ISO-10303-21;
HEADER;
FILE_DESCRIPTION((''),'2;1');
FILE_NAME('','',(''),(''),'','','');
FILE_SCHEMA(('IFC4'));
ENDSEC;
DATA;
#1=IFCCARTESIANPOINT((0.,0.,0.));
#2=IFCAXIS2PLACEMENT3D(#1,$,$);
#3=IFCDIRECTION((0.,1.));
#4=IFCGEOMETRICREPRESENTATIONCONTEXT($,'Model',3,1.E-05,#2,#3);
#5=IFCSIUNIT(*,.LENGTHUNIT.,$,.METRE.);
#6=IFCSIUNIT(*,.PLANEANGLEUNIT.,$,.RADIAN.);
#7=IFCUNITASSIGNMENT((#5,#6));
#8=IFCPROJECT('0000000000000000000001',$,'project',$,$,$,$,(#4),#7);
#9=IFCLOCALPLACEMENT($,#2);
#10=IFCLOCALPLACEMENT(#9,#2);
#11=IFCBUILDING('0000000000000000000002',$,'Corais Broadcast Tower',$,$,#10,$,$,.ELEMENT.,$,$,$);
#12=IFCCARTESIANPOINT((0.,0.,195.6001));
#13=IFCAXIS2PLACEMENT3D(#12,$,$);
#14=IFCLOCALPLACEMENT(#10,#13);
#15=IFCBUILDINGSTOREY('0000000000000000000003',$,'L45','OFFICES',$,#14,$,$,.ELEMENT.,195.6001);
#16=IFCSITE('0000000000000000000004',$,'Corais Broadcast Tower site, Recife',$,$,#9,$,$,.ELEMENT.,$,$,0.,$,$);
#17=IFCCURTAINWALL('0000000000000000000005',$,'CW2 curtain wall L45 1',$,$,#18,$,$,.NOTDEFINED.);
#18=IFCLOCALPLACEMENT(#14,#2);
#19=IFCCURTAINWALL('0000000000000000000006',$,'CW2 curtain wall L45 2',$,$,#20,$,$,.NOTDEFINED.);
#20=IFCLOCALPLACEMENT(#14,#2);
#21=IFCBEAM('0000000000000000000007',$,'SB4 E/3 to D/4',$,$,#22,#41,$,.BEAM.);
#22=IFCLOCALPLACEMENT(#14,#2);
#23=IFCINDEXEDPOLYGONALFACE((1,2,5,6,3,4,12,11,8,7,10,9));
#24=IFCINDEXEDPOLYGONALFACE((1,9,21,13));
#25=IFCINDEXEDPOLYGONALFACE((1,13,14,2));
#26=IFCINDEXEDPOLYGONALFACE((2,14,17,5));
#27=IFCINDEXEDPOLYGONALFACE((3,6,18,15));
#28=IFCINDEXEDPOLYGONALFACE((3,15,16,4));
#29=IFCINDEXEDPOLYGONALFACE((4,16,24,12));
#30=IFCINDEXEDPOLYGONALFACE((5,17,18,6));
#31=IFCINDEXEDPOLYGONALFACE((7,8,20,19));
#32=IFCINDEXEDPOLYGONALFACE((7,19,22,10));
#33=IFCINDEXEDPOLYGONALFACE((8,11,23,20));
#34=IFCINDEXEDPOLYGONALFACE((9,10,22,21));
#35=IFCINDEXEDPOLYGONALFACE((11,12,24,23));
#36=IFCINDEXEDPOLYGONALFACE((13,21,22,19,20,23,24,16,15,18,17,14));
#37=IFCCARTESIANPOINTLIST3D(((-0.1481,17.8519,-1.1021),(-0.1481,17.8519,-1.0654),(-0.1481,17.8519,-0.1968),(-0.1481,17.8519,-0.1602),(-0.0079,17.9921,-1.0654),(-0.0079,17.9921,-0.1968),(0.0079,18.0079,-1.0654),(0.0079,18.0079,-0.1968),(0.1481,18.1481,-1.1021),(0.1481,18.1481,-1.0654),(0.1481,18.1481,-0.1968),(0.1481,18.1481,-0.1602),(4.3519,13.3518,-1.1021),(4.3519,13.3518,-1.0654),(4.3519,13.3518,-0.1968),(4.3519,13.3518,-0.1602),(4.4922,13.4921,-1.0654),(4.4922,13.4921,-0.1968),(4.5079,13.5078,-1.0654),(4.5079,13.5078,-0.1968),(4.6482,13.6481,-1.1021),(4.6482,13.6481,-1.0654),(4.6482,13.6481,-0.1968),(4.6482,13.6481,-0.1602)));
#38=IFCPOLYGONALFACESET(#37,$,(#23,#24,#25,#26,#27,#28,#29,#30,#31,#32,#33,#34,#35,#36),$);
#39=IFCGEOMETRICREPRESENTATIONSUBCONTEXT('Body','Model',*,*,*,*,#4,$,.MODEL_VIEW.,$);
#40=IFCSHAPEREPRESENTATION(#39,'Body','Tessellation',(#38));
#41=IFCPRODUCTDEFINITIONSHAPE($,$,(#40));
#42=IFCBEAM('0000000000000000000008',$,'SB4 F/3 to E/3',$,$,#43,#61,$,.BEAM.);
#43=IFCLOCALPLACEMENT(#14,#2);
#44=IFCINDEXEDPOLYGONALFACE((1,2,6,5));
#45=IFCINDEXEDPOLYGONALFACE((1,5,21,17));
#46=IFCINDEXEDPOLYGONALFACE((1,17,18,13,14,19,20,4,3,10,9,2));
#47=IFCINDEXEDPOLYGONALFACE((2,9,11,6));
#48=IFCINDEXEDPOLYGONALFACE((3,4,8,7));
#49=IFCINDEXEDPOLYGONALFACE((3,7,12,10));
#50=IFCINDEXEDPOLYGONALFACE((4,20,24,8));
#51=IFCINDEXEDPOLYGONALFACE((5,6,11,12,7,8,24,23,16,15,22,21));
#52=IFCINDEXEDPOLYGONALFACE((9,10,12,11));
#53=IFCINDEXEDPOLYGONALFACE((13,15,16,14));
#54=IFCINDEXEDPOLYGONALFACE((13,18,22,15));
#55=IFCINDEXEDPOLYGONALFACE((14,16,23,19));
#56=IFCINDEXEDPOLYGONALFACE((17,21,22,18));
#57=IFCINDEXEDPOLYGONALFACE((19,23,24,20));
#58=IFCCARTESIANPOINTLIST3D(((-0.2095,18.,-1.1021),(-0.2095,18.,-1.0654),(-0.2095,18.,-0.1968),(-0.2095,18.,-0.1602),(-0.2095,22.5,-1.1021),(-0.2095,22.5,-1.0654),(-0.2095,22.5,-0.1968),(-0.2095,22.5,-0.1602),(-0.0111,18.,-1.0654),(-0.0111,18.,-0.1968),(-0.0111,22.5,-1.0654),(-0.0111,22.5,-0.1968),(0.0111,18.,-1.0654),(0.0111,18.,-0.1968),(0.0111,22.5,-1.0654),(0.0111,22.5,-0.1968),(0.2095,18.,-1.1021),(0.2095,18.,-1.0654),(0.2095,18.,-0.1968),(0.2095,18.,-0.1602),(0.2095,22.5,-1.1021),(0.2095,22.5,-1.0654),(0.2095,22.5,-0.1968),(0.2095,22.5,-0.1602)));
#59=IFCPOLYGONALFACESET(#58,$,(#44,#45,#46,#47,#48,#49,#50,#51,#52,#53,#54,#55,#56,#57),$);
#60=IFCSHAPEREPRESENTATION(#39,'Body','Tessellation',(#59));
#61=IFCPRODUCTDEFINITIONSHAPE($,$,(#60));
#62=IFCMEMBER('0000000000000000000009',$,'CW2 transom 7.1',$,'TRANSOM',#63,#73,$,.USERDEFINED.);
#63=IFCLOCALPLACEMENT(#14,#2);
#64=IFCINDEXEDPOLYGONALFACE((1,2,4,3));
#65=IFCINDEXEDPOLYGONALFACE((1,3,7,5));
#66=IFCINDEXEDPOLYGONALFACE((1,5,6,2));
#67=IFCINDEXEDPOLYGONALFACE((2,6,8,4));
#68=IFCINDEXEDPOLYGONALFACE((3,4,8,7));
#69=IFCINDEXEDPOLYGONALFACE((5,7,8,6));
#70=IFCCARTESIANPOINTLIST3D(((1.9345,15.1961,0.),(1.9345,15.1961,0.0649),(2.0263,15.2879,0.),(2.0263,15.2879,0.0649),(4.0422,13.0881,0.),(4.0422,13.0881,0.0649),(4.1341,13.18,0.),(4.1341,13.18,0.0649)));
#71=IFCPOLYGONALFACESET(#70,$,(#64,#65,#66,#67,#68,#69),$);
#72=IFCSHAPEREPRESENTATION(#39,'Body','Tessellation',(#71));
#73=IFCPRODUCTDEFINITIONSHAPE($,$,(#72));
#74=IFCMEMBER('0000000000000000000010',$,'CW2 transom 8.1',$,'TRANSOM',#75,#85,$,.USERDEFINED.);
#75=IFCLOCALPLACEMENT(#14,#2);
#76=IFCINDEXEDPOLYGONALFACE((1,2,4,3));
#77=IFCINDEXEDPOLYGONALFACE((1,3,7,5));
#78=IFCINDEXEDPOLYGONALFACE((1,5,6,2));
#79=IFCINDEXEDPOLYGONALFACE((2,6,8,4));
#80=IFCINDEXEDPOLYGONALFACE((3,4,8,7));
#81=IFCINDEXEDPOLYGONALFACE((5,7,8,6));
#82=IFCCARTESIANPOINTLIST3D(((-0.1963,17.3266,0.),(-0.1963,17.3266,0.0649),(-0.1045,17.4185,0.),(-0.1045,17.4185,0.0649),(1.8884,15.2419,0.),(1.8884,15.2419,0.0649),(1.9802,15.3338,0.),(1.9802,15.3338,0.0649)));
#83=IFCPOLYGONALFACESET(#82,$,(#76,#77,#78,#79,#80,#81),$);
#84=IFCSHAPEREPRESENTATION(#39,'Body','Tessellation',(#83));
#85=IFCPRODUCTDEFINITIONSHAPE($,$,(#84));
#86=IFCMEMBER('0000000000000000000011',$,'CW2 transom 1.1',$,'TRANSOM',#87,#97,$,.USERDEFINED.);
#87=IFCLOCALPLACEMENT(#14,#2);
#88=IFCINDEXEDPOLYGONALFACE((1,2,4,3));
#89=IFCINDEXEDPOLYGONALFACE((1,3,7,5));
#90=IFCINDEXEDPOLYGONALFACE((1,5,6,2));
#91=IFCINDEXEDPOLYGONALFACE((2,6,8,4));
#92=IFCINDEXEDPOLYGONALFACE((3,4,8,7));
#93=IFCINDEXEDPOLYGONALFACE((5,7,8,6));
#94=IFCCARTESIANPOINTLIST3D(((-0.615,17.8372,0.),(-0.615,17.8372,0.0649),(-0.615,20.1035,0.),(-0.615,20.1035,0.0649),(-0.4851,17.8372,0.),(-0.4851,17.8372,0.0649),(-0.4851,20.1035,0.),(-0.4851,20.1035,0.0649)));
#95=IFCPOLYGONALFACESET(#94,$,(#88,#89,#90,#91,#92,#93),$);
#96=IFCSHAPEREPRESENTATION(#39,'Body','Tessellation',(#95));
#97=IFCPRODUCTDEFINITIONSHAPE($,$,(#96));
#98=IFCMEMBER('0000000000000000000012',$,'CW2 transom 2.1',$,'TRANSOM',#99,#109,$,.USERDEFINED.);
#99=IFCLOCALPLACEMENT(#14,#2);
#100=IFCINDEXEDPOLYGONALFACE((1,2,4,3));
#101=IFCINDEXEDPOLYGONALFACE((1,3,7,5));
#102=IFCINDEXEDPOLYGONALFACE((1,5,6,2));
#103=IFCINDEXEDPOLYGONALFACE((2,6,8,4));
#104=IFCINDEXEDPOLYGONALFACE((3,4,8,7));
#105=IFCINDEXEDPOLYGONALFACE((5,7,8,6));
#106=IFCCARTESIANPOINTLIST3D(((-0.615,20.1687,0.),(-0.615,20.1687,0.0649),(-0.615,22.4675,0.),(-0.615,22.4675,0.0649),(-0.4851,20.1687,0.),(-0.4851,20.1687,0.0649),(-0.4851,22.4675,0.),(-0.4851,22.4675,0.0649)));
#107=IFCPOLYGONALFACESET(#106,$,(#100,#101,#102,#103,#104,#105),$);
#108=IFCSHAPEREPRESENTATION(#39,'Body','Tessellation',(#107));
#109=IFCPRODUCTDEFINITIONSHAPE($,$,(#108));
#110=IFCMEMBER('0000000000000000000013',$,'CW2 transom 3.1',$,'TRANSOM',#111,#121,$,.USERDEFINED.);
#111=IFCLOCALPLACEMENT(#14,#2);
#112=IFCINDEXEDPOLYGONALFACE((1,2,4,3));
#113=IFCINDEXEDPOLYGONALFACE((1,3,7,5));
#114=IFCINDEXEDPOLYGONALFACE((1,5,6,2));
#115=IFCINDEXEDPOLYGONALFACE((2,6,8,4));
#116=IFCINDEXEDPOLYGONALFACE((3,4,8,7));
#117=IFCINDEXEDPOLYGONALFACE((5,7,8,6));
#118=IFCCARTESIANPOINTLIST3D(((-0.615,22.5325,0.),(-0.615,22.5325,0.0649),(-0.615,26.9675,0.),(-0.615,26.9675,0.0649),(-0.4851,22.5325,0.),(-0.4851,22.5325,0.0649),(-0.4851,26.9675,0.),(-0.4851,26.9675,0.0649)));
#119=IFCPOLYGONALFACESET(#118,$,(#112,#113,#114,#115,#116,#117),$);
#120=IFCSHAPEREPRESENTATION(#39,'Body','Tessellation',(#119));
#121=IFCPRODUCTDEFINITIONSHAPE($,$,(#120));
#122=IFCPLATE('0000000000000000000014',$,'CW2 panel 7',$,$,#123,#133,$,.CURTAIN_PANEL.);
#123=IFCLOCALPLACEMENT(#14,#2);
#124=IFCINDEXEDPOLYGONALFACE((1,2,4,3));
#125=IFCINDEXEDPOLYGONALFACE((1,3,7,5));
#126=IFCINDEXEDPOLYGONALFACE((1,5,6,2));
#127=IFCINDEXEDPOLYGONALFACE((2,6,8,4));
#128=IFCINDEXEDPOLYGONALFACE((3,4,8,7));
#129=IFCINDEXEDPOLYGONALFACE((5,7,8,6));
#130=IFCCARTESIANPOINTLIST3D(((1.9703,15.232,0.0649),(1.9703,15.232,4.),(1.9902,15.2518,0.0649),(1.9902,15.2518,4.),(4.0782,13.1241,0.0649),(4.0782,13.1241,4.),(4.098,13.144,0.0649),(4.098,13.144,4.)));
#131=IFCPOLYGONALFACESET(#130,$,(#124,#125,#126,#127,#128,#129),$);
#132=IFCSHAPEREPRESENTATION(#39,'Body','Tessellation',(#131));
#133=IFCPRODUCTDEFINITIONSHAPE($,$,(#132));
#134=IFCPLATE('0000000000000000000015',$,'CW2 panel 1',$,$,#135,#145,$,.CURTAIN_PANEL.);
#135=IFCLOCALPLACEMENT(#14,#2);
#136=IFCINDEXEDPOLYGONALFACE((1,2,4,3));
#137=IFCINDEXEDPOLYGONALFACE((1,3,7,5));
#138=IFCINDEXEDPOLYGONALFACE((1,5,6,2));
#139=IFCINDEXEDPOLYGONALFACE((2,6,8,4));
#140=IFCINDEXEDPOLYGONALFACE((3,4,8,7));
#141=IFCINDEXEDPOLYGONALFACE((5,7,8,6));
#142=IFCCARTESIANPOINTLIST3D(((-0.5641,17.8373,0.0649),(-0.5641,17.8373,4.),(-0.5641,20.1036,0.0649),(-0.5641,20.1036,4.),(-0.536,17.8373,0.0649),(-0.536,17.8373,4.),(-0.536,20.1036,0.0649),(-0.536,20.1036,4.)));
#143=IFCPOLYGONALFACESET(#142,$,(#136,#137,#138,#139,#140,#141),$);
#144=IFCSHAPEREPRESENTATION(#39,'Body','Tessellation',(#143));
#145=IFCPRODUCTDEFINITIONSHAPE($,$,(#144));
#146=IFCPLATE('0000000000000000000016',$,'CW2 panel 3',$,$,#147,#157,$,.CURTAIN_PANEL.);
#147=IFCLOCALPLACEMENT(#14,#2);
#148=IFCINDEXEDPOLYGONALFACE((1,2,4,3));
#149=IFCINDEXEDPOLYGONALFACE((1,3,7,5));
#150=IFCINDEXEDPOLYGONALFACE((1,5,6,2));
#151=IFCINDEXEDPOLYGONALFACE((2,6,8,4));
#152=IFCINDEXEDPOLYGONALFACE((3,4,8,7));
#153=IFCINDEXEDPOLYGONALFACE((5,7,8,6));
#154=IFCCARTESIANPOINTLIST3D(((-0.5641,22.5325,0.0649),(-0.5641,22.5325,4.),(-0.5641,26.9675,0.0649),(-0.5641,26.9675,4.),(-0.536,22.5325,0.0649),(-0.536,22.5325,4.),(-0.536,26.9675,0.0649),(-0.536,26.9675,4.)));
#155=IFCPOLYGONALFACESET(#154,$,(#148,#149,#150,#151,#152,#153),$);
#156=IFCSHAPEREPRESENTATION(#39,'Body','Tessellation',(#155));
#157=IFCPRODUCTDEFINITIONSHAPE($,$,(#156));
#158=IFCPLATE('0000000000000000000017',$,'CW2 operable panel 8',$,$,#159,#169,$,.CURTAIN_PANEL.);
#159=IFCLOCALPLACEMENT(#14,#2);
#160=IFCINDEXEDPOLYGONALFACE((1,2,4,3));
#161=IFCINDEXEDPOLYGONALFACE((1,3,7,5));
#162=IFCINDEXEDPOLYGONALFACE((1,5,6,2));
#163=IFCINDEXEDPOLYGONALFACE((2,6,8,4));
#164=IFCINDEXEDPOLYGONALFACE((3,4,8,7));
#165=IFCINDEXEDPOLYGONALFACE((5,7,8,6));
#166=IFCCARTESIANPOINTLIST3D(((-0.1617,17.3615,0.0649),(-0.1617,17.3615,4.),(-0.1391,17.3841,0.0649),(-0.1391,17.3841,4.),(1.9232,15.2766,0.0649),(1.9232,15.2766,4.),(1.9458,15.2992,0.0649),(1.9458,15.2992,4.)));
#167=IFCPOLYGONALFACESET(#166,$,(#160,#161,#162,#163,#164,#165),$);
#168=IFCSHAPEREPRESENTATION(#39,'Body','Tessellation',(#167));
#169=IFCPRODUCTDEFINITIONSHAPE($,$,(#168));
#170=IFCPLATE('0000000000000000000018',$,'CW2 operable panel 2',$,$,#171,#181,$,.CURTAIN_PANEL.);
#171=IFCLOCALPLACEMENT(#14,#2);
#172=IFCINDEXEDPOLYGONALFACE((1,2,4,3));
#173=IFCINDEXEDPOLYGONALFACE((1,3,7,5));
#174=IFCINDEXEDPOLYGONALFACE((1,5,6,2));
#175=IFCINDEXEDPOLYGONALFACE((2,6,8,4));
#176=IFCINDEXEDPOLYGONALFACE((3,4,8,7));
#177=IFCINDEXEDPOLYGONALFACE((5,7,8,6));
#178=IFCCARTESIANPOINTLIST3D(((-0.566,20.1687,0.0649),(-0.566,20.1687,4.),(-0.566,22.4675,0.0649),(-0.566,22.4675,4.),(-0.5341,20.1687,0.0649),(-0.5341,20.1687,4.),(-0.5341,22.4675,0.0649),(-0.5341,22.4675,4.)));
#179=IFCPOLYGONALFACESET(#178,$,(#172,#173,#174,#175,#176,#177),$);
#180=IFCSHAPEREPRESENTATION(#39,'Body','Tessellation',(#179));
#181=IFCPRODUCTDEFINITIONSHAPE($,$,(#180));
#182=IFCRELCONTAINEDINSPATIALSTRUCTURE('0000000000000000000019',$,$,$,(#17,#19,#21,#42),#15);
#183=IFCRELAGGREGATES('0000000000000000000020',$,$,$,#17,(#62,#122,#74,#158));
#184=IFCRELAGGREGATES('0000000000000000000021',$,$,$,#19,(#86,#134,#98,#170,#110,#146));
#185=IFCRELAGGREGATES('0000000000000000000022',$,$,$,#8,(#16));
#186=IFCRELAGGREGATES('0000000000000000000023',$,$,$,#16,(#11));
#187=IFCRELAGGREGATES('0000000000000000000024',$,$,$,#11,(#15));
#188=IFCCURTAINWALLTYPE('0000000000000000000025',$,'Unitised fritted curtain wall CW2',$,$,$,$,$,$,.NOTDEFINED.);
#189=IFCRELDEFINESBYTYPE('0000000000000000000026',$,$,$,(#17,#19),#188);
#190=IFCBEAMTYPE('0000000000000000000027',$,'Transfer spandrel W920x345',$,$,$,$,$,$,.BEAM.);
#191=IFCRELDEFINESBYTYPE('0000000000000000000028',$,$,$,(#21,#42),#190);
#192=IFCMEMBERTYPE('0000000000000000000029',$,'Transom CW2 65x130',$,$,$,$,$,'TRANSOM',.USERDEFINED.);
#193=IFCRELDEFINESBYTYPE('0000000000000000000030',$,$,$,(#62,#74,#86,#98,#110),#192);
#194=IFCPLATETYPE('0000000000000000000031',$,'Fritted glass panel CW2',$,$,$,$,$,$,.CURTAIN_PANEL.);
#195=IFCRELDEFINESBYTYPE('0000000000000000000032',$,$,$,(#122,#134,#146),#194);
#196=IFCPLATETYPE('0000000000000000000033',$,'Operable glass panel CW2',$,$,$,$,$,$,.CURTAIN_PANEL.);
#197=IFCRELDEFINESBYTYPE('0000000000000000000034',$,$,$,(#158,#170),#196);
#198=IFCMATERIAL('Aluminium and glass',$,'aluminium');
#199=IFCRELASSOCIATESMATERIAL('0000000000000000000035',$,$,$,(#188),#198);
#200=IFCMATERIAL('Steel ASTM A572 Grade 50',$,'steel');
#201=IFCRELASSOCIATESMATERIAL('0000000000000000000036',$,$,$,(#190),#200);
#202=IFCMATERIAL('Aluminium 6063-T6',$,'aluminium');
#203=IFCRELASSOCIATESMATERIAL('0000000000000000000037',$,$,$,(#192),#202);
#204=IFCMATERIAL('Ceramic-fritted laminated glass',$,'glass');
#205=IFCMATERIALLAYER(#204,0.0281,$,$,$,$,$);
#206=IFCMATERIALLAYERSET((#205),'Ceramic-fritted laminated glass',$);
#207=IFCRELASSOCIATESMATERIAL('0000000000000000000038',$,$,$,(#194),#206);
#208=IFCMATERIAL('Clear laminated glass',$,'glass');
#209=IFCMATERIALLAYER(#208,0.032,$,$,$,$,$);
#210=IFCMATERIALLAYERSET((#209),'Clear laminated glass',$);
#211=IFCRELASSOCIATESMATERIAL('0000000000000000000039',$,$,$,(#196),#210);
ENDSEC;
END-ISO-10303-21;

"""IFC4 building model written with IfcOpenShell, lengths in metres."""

from ifc_helpers import new_model, si_unit, direction, frame, origin, origin_2d, place, context, subcontext, project, spatial, rectangle, i_section, extrude, material, layer, layer_set, material_profile, profile_set, type_object, element, aggregate, save


model = new_model("IFC4")

# Units and contexts
model_context = context("Model", 3, precision=1e-05, world=origin(), true_north=direction((0.0, 1.0)))
body_context = subcontext(model_context, "Body", "Model", "MODEL_VIEW")
ifc_project = project(units=[si_unit("LENGTHUNIT", "METRE"), si_unit("PLANEANGLEUNIT", "RADIAN")], contexts=[model_context])

# Site, building, storey
site_placement = place(None, origin())
site = spatial("IfcSite", under=ifc_project, at=site_placement, Name="Corais Broadcast Tower site, Recife", CompositionType="ELEMENT", RefElevation=0.0)
building_placement = place(site_placement, origin())
building = spatial("IfcBuilding", under=site, at=building_placement, Name="Corais Broadcast Tower", CompositionType="ELEMENT")
storey_placement = place(building_placement, frame((0.0, 0.0, 195.6001)))
storey = spatial("IfcBuildingStorey", under=building, at=storey_placement, Name="L45", Description="OFFICES", CompositionType="ELEMENT", Elevation=195.6001)

# Curtain walls
ifc_material_1 = material(Name="Aluminium and glass", Category="aluminium")
curtain_wall_type = type_object("IfcCurtainWallType", Name="Unitised fritted curtain wall CW2", PredefinedType="NOTDEFINED", material=ifc_material_1)
curtain_wall_1_placement = place(storey_placement, origin())
curtain_wall_1 = element("IfcCurtainWall", 1, at=curtain_wall_1_placement, inside=storey, type_object=curtain_wall_type, Name="CW2 curtain wall L45 1", PredefinedType="NOTDEFINED")
curtain_wall_2_placement = place(storey_placement, origin())
curtain_wall_2 = element("IfcCurtainWall", 2, at=curtain_wall_2_placement, inside=storey, type_object=curtain_wall_type, Name="CW2 curtain wall L45 2", PredefinedType="NOTDEFINED")

# Beams
ifc_material_2 = material(Name="Steel ASTM A572 Grade 50", Category="steel")
ifc_material_profile_1 = material_profile(ifc_material_2, i_section(OverallWidth=0.4189, OverallDepth=0.9419, WebThickness=0.0222, FlangeThickness=0.0366, at=origin_2d()), Name="W920x345")
ifc_profile_set_1 = profile_set([ifc_material_profile_1], Name="Steel ASTM A572 Grade 50")
beam_type_1 = type_object("IfcBeamType", Name="Transfer spandrel W920x345", PredefinedType="BEAM", material=ifc_profile_set_1)
beam_1_placement = place(storey_placement, frame((0.0, 18.0, -0.6311), z_axis=(0.707107, -0.707107, 0.0), x_axis=(0.707107, 0.707107, 0.0)))
element("IfcBeam", 3, at=beam_1_placement, inside=storey, type_object=beam_type_1, Name="SB4 E/3 to D/4", PredefinedType="BEAM", context=body_context, shape_type="SweptSolid", body=[
    extrude(i_section(OverallWidth=0.4189, OverallDepth=0.9419, WebThickness=0.0222, FlangeThickness=0.0366, at=origin_2d()), origin(), (0.0, 0.0, 1.0), 6.364),
])
beam_2_placement = place(storey_placement, frame((0.0, 22.5, -0.6311), z_axis=(0.0, -1.0, 0.0), x_axis=(1.0, 0.0, 0.0)))
element("IfcBeam", 4, at=beam_2_placement, inside=storey, type_object=beam_type_1, Name="SB4 F/3 to E/3", PredefinedType="BEAM", context=body_context, shape_type="SweptSolid", body=[
    extrude(i_section(OverallWidth=0.4189, OverallDepth=0.9419, WebThickness=0.0222, FlangeThickness=0.0366, at=origin_2d()), origin(), (0.0, 0.0, 1.0), 4.5),
])

# Members
ifc_material_3 = material(Name="Aluminium 6063-T6", Category="aluminium")
ifc_material_profile_2 = material_profile(ifc_material_3, rectangle(XDim=0.1299, YDim=0.0649, at=origin_2d()), Name="Transom CW2 65x130")
ifc_profile_set_2 = profile_set([ifc_material_profile_2], Name="Aluminium 6063-T6")
member_type_1 = type_object("IfcMemberType", Name="Transom CW2 65x130", ElementType="TRANSOM", PredefinedType="USERDEFINED", material=ifc_profile_set_2)
member_1_placement = place(storey_placement, frame((4.0881, 13.134, 0.0325), z_axis=(-0.707066, 0.707148, 0.0), x_axis=(-0.707148, -0.707066, 0.0)))
member_1 = element("IfcMember", 5, at=member_1_placement, type_object=member_type_1, Name="CW2 transom 7.1", ObjectType="TRANSOM", PredefinedType="USERDEFINED", context=body_context, shape_type="SweptSolid", body=[
    extrude(rectangle(XDim=0.1299, YDim=0.0649, at=origin_2d()), origin(), (0.0, 0.0, 1.0), 2.981),
])
member_2_placement = place(storey_placement, frame((1.9343, 15.2878, 0.0325), z_axis=(-0.707107, 0.707107, 0.0), x_axis=(-0.707107, -0.707107, 0.0)))
member_2 = element("IfcMember", 6, at=member_2_placement, type_object=member_type_1, Name="CW2 transom 8.1", ObjectType="TRANSOM", PredefinedType="USERDEFINED", context=body_context, shape_type="SweptSolid", body=[
    extrude(rectangle(XDim=0.1299, YDim=0.0649, at=origin_2d()), origin(), (0.0, 0.0, 1.0), 2.9482),
])
member_3_placement = place(storey_placement, frame((-0.55, 17.8372, 0.0325), z_axis=(0.0, 1.0, 0.0), x_axis=(-1.0, 0.0, 0.0)))
member_3 = element("IfcMember", 7, at=member_3_placement, type_object=member_type_1, Name="CW2 transom 1.1", ObjectType="TRANSOM", PredefinedType="USERDEFINED", context=body_context, shape_type="SweptSolid", body=[
    extrude(rectangle(XDim=0.1299, YDim=0.0649, at=origin_2d()), origin(), (0.0, 0.0, 1.0), 2.2664),
])
member_4_placement = place(storey_placement, frame((-0.55, 20.1687, 0.0325), z_axis=(0.0, 1.0, 0.0), x_axis=(-1.0, 0.0, 0.0)))
member_4 = element("IfcMember", 8, at=member_4_placement, type_object=member_type_1, Name="CW2 transom 2.1", ObjectType="TRANSOM", PredefinedType="USERDEFINED", context=body_context, shape_type="SweptSolid", body=[
    extrude(rectangle(XDim=0.1299, YDim=0.0649, at=origin_2d()), origin(), (0.0, 0.0, 1.0), 2.2988),
])
member_5_placement = place(storey_placement, frame((-0.55, 22.5325, 0.0325), z_axis=(0.0, 1.0, 0.0), x_axis=(-1.0, 0.0, 0.0)))
member_5 = element("IfcMember", 9, at=member_5_placement, type_object=member_type_1, Name="CW2 transom 3.1", ObjectType="TRANSOM", PredefinedType="USERDEFINED", context=body_context, shape_type="SweptSolid", body=[
    extrude(rectangle(XDim=0.1299, YDim=0.0649, at=origin_2d()), origin(), (0.0, 0.0, 1.0), 4.4351),
])

# Plates
ifc_material_4 = material(Name="Ceramic-fritted laminated glass", Category="glass")
ifc_layer_1 = layer(ifc_material_4, 0.0281)
ifc_layer_set_1 = layer_set([ifc_layer_1], Name="Ceramic-fritted laminated glass")
plate_type_1 = type_object("IfcPlateType", Name="Fritted glass panel CW2", PredefinedType="CURTAIN_PANEL", material=ifc_layer_set_1)
plate_1_placement = place(storey_placement, frame((3.0342, 14.188, 0.0649), z_axis=(0.0, 0.0, 1.0), x_axis=(-0.707107, 0.707107, 0.0)))
plate_1 = element("IfcPlate", 10, at=plate_1_placement, type_object=plate_type_1, Name="CW2 panel 7", PredefinedType="CURTAIN_PANEL", context=body_context, shape_type="SweptSolid", body=[
    extrude(rectangle(XDim=2.981, YDim=0.0281, at=origin_2d()), origin(), (0.0, 0.0, 1.0), 3.9351),
])
plate_2_placement = place(storey_placement, frame((-0.55, 18.9705, 0.0649), z_axis=(0.0, 0.0, 1.0), x_axis=(0.0, 1.0, 0.0)))
plate_2 = element("IfcPlate", 11, at=plate_2_placement, type_object=plate_type_1, Name="CW2 panel 1", PredefinedType="CURTAIN_PANEL", context=body_context, shape_type="SweptSolid", body=[
    extrude(rectangle(XDim=2.2664, YDim=0.0281, at=origin_2d()), origin(), (0.0, 0.0, 1.0), 3.9351),
])
plate_3_placement = place(storey_placement, frame((-0.55, 24.75, 0.0649), z_axis=(0.0, 0.0, 1.0), x_axis=(0.0, 1.0, 0.0)))
plate_3 = element("IfcPlate", 12, at=plate_3_placement, type_object=plate_type_1, Name="CW2 panel 3", PredefinedType="CURTAIN_PANEL", context=body_context, shape_type="SweptSolid", body=[
    extrude(rectangle(XDim=4.4351, YDim=0.0281, at=origin_2d()), origin(), (0.0, 0.0, 1.0), 3.9351),
])
ifc_material_5 = material(Name="Clear laminated glass", Category="glass")
ifc_layer_2 = layer(ifc_material_5, 0.032)
ifc_layer_set_2 = layer_set([ifc_layer_2], Name="Clear laminated glass")
plate_type_2 = type_object("IfcPlateType", Name="Operable glass panel CW2", PredefinedType="CURTAIN_PANEL", material=ifc_layer_set_2)
plate_4_placement = place(storey_placement, frame((0.8921, 16.3303, 0.0649), z_axis=(0.0, 0.0, 1.0), x_axis=(-0.707107, 0.707107, 0.0)))
plate_4 = element("IfcPlate", 13, at=plate_4_placement, type_object=plate_type_2, Name="CW2 operable panel 8", PredefinedType="CURTAIN_PANEL", context=body_context, shape_type="SweptSolid", body=[
    extrude(rectangle(XDim=2.9485, YDim=0.032, at=origin_2d()), origin(), (0.0, 0.0, 1.0), 3.9351),
])
aggregate(curtain_wall_1, [member_1, plate_1, member_2, plate_4])
plate_5_placement = place(storey_placement, frame((-0.55, 21.3181, 0.0649), z_axis=(0.0, 0.0, 1.0), x_axis=(0.0, 1.0, 0.0)))
plate_5 = element("IfcPlate", 14, at=plate_5_placement, type_object=plate_type_2, Name="CW2 operable panel 2", PredefinedType="CURTAIN_PANEL", context=body_context, shape_type="SweptSolid", body=[
    extrude(rectangle(XDim=2.2988, YDim=0.032, at=origin_2d()), origin(), (0.0, 0.0, 1.0), 3.9351),
])
aggregate(curtain_wall_2, [member_3, plate_2, member_4, plate_5, member_5, plate_3])

save(model, "model.ifc")
